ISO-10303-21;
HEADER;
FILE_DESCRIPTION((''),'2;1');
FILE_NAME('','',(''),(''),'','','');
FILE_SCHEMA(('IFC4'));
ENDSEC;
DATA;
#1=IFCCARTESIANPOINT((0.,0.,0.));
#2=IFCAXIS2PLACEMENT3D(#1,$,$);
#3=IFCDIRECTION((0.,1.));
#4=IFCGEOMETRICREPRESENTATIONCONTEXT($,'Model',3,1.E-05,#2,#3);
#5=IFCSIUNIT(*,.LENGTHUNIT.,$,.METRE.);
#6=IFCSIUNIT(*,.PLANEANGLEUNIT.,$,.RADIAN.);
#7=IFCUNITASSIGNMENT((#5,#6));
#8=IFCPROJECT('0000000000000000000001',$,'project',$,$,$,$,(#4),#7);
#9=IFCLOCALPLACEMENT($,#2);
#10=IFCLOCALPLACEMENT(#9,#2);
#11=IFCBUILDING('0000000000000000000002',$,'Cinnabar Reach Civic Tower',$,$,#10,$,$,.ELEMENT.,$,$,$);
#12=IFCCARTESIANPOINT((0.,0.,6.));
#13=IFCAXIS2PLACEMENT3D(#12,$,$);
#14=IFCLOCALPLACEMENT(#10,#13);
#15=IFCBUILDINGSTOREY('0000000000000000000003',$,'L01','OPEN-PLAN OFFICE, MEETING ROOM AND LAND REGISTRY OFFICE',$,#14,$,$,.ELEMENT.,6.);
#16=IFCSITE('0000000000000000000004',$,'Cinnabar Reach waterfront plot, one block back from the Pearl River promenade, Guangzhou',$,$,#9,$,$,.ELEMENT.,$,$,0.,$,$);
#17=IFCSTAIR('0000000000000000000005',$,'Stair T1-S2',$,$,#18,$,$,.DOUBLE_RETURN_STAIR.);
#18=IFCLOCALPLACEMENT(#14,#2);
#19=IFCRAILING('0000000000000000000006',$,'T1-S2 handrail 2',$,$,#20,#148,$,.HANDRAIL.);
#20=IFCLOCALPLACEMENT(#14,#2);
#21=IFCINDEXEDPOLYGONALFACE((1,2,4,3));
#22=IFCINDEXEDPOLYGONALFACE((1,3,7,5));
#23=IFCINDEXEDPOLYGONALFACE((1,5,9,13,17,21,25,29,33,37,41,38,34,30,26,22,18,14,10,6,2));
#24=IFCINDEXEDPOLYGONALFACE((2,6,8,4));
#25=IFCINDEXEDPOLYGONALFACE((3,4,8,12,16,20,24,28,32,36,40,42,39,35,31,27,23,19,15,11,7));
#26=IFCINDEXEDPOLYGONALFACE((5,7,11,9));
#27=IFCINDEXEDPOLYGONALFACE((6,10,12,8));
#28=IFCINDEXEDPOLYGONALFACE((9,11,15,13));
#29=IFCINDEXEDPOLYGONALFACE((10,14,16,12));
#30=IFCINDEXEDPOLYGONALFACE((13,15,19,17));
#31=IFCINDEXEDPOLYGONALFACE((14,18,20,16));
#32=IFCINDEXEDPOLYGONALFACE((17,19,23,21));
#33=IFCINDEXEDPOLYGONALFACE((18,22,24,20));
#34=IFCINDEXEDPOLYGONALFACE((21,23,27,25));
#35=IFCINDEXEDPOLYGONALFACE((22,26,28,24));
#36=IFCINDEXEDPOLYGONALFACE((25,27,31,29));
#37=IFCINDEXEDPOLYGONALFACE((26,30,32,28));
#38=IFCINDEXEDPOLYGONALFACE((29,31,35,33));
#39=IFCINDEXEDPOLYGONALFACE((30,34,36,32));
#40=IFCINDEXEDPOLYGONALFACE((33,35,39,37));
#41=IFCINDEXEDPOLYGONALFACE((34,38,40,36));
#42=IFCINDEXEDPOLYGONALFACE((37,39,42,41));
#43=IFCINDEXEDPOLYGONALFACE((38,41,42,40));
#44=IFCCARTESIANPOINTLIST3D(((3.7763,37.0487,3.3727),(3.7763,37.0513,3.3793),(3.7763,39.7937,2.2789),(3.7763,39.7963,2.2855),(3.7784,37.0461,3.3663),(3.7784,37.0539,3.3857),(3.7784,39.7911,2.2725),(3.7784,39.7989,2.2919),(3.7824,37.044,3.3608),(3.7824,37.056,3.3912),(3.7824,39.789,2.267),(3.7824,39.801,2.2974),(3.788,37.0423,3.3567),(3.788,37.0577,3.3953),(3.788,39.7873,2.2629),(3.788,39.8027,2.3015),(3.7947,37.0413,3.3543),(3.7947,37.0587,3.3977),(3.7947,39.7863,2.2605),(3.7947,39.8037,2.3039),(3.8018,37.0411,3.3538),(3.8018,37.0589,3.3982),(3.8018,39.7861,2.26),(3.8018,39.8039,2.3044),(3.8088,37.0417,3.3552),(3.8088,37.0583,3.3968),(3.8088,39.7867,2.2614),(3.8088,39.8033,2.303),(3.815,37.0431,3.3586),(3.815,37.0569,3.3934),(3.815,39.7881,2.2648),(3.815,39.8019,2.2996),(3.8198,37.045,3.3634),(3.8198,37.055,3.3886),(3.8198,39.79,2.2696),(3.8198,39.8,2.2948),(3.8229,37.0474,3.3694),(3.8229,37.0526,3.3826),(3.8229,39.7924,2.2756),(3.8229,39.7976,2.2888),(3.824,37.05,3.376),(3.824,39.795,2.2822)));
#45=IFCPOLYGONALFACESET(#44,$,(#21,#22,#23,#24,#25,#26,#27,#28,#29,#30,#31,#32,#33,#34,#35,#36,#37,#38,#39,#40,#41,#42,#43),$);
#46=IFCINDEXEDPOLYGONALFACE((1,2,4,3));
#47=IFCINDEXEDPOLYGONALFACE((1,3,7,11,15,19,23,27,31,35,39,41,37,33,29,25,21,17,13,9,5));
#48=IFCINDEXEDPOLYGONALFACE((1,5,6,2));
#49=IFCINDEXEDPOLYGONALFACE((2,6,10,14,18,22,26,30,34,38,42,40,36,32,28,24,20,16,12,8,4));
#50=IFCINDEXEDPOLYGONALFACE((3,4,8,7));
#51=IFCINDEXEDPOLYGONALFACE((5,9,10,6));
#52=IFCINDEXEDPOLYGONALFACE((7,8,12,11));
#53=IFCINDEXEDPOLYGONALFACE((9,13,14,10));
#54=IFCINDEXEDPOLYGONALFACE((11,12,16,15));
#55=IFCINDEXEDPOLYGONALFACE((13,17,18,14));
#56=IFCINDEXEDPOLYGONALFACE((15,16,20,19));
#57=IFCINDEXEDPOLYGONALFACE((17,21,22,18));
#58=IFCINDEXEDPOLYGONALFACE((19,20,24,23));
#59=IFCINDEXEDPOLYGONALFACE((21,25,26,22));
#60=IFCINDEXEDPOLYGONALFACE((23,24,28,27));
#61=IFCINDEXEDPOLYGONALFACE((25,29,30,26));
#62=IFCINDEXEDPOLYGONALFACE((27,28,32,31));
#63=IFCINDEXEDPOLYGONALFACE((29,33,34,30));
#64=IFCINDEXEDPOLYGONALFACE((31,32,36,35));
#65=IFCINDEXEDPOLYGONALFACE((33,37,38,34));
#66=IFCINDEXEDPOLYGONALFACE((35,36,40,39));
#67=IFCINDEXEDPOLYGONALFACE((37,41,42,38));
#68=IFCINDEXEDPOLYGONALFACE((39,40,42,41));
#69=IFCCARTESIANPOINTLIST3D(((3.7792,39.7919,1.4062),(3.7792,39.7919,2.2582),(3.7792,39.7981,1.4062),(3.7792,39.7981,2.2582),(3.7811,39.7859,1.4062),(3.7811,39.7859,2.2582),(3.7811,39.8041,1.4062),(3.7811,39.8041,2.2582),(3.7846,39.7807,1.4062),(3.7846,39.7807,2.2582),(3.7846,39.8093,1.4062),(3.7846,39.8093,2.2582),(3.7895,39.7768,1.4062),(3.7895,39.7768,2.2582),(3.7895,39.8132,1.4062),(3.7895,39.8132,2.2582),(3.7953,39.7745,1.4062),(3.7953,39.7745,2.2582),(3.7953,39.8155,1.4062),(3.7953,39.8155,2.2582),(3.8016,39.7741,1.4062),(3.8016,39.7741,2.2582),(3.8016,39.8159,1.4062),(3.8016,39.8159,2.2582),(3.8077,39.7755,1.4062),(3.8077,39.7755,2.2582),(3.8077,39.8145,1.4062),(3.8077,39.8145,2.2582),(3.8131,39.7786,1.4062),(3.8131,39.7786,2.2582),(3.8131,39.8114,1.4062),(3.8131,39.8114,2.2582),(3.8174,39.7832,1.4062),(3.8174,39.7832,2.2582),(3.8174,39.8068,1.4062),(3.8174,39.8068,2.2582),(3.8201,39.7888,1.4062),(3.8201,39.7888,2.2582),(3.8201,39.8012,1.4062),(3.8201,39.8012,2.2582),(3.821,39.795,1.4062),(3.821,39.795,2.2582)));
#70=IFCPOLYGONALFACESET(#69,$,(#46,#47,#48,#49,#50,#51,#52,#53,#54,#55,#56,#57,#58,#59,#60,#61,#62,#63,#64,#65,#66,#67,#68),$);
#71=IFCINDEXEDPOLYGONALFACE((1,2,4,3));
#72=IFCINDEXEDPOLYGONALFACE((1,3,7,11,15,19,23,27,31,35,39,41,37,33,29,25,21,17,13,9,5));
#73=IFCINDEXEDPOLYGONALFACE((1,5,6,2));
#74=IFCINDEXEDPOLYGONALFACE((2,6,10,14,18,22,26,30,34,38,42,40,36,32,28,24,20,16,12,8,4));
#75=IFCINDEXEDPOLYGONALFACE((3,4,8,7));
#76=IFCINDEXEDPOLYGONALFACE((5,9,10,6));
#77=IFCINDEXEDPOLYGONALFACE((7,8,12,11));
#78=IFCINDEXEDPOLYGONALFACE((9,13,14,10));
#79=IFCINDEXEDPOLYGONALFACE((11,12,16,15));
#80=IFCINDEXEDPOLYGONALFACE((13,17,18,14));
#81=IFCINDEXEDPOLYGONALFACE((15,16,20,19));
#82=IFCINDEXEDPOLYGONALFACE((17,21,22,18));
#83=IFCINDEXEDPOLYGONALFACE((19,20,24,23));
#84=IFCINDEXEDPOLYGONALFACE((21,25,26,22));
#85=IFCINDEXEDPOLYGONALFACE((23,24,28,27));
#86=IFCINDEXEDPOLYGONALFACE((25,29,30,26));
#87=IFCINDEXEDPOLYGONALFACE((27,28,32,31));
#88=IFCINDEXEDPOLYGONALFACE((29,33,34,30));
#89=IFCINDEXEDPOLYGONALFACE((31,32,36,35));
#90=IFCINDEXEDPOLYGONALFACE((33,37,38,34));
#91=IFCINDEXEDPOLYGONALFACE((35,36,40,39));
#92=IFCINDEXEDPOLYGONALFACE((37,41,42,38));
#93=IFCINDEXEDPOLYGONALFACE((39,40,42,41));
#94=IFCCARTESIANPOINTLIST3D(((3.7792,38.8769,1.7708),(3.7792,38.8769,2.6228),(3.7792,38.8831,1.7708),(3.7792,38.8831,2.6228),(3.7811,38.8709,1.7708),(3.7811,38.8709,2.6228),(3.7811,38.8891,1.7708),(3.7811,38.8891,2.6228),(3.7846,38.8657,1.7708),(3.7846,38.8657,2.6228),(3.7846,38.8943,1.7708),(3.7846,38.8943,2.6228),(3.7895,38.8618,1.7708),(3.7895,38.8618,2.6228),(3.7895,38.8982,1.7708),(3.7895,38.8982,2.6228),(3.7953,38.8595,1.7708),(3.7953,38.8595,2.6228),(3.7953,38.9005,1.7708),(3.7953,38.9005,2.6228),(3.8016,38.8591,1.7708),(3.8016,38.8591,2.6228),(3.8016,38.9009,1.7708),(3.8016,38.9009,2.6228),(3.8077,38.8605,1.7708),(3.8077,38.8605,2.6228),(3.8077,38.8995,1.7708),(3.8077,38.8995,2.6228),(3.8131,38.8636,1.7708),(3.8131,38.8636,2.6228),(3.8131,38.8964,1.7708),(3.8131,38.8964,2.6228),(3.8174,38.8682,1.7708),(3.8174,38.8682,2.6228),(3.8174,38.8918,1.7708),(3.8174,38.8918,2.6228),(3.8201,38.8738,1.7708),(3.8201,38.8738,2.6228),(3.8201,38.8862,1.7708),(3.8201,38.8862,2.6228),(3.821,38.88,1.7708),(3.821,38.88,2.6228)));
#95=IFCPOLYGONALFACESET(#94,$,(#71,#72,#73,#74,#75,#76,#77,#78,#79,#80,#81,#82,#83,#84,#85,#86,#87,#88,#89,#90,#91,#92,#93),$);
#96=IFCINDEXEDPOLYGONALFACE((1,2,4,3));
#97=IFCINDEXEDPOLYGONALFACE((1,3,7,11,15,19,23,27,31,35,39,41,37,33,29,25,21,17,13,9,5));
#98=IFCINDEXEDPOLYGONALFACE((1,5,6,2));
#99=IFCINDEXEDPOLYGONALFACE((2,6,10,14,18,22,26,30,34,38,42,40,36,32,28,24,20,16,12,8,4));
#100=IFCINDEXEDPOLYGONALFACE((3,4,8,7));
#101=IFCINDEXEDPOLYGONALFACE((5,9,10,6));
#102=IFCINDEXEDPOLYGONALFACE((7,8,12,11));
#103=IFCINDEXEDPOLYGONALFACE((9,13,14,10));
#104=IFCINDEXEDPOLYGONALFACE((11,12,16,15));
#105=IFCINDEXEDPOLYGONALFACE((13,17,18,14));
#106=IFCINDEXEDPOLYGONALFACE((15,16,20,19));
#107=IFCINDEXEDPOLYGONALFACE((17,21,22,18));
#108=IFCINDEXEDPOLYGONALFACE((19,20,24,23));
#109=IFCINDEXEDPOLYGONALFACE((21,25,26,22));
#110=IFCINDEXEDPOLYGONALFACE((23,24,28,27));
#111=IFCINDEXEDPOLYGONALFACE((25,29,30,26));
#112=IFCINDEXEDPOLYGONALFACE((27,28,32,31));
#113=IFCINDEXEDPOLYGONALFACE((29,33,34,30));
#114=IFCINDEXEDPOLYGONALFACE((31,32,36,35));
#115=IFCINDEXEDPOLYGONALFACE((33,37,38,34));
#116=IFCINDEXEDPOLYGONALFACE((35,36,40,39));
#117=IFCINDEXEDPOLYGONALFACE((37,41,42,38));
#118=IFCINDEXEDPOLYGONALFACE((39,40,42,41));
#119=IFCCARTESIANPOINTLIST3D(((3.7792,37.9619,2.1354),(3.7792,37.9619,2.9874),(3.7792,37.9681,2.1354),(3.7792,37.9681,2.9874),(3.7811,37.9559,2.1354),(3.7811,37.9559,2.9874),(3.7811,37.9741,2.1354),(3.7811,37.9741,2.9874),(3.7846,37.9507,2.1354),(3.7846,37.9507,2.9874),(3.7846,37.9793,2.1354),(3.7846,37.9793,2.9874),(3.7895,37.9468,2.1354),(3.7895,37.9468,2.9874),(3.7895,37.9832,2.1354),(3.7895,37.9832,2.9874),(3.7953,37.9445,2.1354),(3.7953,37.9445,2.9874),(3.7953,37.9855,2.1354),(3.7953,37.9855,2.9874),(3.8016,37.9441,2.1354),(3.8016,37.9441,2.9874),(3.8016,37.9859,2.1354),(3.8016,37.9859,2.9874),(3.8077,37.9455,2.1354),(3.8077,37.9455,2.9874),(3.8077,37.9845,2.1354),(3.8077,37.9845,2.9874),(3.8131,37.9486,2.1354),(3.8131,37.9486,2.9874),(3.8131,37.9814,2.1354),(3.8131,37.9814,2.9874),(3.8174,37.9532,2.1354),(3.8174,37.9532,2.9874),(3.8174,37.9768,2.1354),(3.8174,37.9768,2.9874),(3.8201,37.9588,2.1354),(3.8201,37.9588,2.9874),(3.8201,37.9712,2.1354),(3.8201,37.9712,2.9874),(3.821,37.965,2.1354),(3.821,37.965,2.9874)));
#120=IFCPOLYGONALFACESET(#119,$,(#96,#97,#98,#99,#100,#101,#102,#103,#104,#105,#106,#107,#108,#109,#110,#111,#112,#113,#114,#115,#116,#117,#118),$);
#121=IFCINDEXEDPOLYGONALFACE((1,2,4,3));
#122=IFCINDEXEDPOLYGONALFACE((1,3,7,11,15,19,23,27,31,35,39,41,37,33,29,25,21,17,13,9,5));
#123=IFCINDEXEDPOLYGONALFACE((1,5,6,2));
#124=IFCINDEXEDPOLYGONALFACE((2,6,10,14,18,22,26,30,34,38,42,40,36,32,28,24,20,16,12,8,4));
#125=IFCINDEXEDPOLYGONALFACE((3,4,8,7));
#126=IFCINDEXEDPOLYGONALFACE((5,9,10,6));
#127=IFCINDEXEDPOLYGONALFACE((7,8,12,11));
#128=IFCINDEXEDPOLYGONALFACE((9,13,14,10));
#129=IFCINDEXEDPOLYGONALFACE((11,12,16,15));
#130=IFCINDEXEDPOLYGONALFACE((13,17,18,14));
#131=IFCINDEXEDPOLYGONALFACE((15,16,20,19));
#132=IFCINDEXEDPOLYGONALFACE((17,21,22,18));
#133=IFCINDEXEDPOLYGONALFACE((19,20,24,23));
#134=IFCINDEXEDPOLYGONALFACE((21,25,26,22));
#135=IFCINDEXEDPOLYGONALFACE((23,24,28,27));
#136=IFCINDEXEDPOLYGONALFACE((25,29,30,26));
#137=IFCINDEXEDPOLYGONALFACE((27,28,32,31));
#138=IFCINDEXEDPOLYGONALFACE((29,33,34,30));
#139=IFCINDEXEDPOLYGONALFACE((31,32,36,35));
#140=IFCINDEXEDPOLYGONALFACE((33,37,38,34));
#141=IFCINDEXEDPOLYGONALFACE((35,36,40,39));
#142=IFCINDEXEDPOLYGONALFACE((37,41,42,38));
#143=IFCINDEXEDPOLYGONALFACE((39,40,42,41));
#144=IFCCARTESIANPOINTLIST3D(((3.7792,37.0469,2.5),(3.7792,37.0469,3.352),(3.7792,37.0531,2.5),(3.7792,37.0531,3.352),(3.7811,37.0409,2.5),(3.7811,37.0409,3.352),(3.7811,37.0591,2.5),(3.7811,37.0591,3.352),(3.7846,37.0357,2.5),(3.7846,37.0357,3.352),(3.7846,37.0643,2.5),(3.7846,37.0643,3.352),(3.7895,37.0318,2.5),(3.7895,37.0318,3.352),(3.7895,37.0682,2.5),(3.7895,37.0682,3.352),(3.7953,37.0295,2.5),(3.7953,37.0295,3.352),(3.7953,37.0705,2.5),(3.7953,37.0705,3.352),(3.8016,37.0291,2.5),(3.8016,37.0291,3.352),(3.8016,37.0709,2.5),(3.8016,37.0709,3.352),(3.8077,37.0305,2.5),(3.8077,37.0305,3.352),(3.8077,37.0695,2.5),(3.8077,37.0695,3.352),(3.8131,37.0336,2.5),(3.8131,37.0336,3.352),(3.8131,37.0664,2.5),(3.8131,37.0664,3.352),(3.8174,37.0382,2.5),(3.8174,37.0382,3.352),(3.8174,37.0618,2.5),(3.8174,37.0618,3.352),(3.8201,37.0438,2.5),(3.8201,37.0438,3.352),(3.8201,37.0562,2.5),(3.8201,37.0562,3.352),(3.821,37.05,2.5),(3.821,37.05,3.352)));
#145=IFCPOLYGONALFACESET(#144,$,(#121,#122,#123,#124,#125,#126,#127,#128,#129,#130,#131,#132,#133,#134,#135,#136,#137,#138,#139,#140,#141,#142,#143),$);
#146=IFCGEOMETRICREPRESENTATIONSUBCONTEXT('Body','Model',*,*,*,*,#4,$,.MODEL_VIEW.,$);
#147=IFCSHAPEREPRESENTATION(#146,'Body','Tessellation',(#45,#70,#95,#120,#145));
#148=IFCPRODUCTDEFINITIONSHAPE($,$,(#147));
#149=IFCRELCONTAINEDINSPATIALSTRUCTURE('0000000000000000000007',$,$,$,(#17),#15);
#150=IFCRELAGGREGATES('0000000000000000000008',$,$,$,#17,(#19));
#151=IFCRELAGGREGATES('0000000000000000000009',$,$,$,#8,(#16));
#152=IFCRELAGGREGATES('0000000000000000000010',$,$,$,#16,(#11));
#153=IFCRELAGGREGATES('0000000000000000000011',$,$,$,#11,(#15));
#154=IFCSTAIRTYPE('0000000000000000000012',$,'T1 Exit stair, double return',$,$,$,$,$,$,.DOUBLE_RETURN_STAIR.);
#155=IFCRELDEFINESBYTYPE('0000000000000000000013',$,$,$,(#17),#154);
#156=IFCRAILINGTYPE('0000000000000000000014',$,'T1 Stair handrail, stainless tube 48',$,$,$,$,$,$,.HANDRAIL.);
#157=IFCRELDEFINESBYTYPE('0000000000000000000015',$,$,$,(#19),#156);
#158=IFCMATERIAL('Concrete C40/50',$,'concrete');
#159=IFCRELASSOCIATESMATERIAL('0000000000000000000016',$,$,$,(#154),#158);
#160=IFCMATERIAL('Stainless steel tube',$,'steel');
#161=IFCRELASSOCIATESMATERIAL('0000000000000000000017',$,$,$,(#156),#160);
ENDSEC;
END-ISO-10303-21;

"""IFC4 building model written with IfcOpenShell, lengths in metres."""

from ifc_helpers import new_model, si_unit, direction, frame, origin, origin_2d, place, context, subcontext, project, spatial, circle, extrude, material, type_object, element, aggregate, save


model = new_model("IFC4")

# Units and contexts
model_context = context("Model", 3, precision=1e-05, world=origin(), true_north=direction((0.0, 1.0)))
body_context = subcontext(model_context, "Body", "Model", "MODEL_VIEW")
ifc_project = project(units=[si_unit("LENGTHUNIT", "METRE"), si_unit("PLANEANGLEUNIT", "RADIAN")], contexts=[model_context])

# Site, building, storey
site_placement = place(None, origin())
site = spatial("IfcSite", under=ifc_project, at=site_placement, Name="Cinnabar Reach waterfront plot, one block back from the Pearl River promenade, Guangzhou", CompositionType="ELEMENT", RefElevation=0.0)
building_placement = place(site_placement, origin())
building = spatial("IfcBuilding", under=site, at=building_placement, Name="Cinnabar Reach Civic Tower", CompositionType="ELEMENT")
storey_placement = place(building_placement, frame((0.0, 0.0, 6.0)))
storey = spatial("IfcBuildingStorey", under=building, at=storey_placement, Name="L01", Description="OPEN-PLAN OFFICE, MEETING ROOM AND LAND REGISTRY OFFICE", CompositionType="ELEMENT", Elevation=6.0)

# Shared definitions
ifc_material_1 = material(Name="Concrete C40/50", Category="concrete")

# Stair, railing
stair_type = type_object("IfcStairType", Name="T1 Exit stair, double return", PredefinedType="DOUBLE_RETURN_STAIR", material=ifc_material_1)
stair_placement = place(storey_placement, origin())
stair = element("IfcStair", 1, at=stair_placement, inside=storey, type_object=stair_type, Name="Stair T1-S2", PredefinedType="DOUBLE_RETURN_STAIR")
ifc_material_2 = material(Name="Stainless steel tube", Category="steel")
railing_type = type_object("IfcRailingType", Name="T1 Stair handrail, stainless tube 48", PredefinedType="HANDRAIL", material=ifc_material_2)
railing_1_placement = place(storey_placement, frame((3.8, 39.795, 1.4062)))
railing_1 = element("IfcRailing", 2, at=railing_1_placement, type_object=railing_type, Name="T1-S2 handrail 2", PredefinedType="HANDRAIL", context=body_context, shape_type="SweptSolid", body=[
    extrude(circle(Radius=0.024, at=origin_2d()), frame((0.0, 0.0, 0.876), z_axis=(0.0, -0.928966, 0.370165), x_axis=(1.0, 0.0, 0.0)), (0.0, 0.0, 1.0), 2.9549),
    extrude(circle(Radius=0.021, at=origin_2d()), origin(), (0.0, 0.0, 1.0), 0.852),
    extrude(circle(Radius=0.021, at=origin_2d()), frame((0.0, -0.915, 0.3646)), (0.0, 0.0, 1.0), 0.852),
    extrude(circle(Radius=0.021, at=origin_2d()), frame((0.0, -1.83, 0.7292)), (0.0, 0.0, 1.0), 0.852),
    extrude(circle(Radius=0.021, at=origin_2d()), frame((0.0, -2.745, 1.0938)), (0.0, 0.0, 1.0), 0.852),
])
aggregate(stair, [railing_1])

save(model, "model.ifc")
